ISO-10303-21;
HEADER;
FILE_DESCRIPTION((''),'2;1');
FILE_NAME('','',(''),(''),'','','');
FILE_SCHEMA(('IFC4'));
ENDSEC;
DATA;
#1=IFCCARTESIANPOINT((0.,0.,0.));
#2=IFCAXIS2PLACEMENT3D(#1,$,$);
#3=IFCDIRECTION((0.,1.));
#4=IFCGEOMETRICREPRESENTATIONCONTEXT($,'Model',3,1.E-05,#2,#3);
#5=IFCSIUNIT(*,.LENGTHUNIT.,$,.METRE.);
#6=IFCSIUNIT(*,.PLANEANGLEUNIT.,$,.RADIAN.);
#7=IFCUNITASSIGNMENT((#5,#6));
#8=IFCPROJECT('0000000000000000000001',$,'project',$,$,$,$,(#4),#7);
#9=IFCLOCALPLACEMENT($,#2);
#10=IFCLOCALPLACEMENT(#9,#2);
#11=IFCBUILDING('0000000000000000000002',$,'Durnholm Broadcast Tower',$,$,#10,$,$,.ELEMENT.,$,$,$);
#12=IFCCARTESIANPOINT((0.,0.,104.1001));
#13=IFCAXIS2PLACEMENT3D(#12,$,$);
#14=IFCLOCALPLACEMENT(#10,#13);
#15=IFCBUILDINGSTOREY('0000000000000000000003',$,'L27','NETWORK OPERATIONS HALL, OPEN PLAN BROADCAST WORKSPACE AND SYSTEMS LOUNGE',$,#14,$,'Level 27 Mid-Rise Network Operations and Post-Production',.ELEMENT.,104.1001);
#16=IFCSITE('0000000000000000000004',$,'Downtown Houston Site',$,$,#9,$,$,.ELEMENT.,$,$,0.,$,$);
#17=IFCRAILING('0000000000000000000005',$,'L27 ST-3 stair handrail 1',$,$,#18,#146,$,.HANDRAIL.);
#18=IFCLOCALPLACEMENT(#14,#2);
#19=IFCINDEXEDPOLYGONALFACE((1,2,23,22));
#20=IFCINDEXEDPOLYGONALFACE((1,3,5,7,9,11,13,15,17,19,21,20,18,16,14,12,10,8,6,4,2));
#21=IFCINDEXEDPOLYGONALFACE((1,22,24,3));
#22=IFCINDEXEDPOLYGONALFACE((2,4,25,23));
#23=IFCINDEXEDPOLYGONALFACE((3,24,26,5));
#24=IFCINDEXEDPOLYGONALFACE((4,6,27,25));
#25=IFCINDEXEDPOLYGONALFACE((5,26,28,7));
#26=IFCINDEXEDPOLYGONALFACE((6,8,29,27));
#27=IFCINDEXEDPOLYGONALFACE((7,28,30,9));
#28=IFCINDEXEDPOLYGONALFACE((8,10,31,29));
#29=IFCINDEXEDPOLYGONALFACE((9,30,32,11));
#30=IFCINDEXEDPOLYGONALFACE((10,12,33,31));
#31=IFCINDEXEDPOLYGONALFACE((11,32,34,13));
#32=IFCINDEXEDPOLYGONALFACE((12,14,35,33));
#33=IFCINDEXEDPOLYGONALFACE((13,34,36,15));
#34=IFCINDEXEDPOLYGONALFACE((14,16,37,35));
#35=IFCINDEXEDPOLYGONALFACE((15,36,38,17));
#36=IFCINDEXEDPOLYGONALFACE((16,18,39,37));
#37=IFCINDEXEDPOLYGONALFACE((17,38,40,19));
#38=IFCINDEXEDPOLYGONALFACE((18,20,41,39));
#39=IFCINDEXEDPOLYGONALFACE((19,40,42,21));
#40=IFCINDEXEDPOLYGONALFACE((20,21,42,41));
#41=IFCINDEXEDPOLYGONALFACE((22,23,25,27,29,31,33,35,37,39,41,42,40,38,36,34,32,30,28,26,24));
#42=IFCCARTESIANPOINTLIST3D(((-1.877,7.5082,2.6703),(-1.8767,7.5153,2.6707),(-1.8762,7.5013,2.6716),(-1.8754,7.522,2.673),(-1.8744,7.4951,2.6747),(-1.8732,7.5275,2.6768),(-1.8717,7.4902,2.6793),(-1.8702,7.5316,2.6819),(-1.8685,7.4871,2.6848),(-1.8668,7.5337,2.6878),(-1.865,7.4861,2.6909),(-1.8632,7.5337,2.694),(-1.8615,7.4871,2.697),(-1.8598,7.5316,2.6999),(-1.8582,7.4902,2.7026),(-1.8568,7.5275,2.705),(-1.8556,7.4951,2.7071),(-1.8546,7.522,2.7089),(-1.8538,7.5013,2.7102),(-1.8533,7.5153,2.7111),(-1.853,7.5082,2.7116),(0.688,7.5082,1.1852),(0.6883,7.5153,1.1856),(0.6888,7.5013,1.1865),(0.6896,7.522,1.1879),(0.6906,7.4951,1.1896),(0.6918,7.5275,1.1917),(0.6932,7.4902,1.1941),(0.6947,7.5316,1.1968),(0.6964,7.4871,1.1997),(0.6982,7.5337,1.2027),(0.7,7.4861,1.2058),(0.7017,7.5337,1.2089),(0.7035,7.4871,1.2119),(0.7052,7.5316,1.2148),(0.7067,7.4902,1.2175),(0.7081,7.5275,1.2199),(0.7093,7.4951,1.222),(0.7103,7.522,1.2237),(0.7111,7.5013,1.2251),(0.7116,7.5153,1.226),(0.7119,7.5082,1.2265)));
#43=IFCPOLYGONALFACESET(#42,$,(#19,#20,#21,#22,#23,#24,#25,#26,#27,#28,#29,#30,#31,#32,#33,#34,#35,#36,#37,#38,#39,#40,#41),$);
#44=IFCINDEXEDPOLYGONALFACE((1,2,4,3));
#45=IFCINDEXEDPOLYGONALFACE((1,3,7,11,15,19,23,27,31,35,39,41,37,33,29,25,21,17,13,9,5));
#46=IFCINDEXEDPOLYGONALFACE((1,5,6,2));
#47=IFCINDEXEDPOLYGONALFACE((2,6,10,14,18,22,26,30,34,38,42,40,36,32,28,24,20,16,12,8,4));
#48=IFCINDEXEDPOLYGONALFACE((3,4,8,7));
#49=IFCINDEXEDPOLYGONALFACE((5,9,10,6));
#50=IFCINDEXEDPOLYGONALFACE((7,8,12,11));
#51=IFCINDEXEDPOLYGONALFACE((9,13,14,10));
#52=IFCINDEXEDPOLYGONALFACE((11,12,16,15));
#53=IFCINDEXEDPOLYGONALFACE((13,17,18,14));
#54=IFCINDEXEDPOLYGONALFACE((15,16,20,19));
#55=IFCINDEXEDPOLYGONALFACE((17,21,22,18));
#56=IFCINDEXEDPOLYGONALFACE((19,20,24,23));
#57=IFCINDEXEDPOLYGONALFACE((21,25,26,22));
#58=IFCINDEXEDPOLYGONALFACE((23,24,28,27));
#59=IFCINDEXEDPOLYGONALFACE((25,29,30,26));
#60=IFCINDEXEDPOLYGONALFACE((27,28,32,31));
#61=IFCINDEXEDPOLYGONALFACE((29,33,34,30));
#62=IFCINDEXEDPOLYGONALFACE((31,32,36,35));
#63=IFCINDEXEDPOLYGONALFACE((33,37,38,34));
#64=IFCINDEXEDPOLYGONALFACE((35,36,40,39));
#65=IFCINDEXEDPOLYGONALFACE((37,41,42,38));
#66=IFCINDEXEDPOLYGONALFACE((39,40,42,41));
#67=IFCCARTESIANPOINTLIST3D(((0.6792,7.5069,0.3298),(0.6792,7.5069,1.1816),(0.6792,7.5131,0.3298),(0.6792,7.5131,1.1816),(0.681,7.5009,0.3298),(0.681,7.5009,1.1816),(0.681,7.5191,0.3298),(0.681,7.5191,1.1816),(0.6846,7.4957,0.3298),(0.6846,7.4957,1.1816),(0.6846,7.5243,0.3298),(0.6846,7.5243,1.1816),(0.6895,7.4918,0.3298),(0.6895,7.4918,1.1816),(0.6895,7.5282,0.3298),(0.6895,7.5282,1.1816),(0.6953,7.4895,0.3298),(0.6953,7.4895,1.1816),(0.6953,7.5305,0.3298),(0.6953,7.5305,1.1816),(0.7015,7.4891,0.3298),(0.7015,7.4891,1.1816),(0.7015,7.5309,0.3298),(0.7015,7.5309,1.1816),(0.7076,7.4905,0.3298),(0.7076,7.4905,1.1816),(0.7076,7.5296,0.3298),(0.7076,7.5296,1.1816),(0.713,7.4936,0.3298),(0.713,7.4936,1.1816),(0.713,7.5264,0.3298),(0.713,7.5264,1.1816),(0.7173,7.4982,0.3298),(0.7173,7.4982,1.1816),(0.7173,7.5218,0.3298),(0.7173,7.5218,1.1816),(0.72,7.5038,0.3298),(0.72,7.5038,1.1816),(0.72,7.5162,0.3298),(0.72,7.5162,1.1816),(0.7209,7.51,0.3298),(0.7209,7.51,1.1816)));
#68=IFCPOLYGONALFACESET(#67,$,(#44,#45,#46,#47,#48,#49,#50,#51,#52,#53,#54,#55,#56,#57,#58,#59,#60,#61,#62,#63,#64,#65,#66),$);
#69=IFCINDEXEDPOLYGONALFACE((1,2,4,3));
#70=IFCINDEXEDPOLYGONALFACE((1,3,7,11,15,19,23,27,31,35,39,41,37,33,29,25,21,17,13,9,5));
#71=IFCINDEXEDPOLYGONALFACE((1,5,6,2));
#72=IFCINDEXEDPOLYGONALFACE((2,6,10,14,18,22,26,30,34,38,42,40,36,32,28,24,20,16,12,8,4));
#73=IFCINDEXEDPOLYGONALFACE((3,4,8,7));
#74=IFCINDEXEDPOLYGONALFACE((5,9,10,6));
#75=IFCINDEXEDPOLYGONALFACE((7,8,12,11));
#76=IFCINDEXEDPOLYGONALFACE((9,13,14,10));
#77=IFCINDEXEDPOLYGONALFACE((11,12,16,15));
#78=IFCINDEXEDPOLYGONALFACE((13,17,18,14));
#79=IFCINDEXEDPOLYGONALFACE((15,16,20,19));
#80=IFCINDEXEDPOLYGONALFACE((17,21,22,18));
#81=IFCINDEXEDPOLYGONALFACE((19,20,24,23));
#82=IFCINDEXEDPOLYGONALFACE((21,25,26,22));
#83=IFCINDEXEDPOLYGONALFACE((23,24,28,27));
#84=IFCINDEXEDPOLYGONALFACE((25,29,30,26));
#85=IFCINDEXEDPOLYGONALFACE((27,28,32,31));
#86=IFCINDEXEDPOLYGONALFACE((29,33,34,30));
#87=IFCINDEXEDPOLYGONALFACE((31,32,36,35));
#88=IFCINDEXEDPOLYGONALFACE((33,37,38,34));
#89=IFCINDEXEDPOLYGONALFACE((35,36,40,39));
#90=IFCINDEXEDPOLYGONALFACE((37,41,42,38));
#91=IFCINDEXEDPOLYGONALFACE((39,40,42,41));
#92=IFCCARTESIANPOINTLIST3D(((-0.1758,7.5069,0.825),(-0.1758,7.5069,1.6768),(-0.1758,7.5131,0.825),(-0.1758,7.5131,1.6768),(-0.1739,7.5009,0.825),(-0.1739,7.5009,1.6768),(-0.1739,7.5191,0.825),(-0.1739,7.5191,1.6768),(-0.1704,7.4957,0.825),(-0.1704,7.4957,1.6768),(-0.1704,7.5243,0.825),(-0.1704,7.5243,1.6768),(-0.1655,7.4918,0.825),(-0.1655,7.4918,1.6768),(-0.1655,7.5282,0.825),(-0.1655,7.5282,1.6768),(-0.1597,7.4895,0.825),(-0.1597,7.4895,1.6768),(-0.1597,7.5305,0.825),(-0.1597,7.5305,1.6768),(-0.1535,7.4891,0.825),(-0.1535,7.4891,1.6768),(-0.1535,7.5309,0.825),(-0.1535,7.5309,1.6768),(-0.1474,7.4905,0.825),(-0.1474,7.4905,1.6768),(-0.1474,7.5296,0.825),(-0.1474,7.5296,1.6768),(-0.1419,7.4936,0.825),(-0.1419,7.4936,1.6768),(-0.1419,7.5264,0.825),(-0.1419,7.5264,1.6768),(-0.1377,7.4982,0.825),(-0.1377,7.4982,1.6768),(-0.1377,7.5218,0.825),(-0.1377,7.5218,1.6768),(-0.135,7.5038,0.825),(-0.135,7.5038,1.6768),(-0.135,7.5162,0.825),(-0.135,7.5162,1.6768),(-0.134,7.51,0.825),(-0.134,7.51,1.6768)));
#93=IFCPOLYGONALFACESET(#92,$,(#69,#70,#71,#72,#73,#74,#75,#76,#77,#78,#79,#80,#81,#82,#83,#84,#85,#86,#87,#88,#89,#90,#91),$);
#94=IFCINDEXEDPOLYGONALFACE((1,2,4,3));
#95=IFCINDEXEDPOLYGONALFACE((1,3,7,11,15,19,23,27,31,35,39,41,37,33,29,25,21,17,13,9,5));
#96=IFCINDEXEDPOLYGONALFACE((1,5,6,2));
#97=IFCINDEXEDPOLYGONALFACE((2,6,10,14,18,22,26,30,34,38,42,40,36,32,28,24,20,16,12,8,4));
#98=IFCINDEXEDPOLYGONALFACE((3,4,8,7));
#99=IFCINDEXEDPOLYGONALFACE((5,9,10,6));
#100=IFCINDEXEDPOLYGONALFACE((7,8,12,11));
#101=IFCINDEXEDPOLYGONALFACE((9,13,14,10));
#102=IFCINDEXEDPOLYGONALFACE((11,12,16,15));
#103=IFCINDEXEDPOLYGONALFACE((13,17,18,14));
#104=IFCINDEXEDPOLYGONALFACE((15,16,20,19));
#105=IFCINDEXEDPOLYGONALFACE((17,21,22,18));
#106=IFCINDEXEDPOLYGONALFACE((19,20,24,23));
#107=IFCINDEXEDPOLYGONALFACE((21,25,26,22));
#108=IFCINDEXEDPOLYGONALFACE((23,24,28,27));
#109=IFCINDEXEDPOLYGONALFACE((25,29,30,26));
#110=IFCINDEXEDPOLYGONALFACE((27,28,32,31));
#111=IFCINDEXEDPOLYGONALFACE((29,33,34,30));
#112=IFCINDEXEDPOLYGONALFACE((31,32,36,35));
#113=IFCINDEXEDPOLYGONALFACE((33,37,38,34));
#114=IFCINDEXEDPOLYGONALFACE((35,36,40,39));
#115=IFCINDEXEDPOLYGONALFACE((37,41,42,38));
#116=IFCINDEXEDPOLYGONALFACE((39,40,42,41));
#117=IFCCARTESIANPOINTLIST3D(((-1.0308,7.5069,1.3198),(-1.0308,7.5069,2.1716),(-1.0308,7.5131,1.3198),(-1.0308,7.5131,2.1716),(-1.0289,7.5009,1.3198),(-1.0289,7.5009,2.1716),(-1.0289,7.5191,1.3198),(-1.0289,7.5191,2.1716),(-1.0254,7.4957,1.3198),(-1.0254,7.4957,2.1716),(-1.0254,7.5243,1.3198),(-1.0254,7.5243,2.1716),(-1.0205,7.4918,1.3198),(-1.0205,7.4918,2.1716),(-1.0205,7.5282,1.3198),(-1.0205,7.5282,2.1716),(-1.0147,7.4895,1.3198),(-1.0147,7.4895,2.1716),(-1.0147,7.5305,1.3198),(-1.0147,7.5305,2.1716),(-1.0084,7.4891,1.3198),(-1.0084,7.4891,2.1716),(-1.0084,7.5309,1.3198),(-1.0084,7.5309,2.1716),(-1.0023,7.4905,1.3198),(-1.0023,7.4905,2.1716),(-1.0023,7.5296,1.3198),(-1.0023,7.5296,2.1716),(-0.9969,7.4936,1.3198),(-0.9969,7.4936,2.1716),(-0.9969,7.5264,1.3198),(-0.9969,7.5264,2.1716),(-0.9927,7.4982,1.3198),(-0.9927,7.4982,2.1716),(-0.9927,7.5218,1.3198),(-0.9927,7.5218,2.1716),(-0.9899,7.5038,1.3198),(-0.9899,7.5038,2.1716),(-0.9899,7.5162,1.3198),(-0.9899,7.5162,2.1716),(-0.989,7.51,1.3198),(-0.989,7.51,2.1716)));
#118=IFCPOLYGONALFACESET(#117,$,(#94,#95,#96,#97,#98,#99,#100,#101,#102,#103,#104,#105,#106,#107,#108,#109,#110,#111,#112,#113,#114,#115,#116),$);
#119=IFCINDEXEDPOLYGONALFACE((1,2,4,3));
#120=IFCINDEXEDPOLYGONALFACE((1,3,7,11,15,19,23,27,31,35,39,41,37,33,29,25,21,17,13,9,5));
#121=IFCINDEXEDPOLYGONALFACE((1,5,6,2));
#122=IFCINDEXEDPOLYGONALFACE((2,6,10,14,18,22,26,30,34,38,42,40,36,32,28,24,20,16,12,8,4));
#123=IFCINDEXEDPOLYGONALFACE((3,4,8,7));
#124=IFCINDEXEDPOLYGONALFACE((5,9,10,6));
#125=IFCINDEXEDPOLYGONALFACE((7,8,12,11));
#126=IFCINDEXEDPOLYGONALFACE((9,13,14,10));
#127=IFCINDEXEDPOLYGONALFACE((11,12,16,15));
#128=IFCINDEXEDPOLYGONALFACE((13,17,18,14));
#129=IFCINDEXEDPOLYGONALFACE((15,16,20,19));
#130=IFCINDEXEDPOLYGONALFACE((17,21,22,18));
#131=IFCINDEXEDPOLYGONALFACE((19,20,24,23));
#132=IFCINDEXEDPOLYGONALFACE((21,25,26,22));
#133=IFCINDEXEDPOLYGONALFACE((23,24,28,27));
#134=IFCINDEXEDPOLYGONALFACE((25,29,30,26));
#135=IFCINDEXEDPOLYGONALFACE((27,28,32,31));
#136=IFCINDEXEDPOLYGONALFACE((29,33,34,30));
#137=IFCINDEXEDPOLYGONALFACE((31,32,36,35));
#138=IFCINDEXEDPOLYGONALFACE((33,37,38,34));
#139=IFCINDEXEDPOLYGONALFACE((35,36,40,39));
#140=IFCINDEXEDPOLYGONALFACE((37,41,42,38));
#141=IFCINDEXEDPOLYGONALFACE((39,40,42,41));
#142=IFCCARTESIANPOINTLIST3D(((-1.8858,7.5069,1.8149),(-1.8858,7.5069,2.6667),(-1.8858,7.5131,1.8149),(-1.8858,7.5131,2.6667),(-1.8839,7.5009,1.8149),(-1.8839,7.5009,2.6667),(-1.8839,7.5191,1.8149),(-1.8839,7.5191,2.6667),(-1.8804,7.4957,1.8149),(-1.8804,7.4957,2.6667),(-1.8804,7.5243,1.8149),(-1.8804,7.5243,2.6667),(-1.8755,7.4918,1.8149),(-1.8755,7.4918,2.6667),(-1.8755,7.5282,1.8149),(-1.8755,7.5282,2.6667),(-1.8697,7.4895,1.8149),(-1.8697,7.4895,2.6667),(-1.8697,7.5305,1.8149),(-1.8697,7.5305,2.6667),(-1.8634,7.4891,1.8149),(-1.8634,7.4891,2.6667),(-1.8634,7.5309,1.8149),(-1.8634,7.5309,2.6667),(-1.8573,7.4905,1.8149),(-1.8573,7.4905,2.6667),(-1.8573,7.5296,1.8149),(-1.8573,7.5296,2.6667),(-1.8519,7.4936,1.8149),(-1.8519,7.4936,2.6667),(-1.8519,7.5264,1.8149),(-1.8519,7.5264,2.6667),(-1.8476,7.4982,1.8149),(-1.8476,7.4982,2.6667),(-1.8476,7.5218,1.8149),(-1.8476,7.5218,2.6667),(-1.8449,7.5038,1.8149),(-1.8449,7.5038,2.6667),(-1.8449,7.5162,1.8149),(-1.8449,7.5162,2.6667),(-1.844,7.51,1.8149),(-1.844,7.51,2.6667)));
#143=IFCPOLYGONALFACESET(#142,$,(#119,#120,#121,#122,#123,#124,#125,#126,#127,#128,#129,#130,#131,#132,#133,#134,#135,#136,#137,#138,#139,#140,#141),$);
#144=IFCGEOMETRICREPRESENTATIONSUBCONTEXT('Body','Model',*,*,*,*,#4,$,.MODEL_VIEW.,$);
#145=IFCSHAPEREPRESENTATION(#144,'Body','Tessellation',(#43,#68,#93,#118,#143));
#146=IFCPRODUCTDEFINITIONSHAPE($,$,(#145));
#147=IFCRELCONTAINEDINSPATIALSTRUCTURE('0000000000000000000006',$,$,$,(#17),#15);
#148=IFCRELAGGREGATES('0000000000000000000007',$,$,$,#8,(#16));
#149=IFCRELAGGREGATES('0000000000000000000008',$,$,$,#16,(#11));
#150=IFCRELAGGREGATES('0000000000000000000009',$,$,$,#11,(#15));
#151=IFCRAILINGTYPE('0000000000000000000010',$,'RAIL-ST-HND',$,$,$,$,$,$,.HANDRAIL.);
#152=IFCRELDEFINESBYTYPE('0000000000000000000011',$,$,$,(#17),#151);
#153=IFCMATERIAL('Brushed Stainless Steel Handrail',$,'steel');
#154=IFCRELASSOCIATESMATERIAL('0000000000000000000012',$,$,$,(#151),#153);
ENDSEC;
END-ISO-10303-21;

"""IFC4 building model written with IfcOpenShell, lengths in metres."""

from ifc_helpers import new_model, si_unit, direction, frame, origin, origin_2d, place, context, subcontext, project, spatial, circle, extrude, material, type_object, element, save


model = new_model("IFC4")

# Units and contexts
model_context = context("Model", 3, precision=1e-05, world=origin(), true_north=direction((0.0, 1.0)))
body_context = subcontext(model_context, "Body", "Model", "MODEL_VIEW")
ifc_project = project(units=[si_unit("LENGTHUNIT", "METRE"), si_unit("PLANEANGLEUNIT", "RADIAN")], contexts=[model_context])

# Site, building, storey
site_placement = place(None, origin())
site = spatial("IfcSite", under=ifc_project, at=site_placement, Name="Downtown Houston Site", CompositionType="ELEMENT", RefElevation=0.0)
building_placement = place(site_placement, origin())
building = spatial("IfcBuilding", under=site, at=building_placement, Name="Durnholm Broadcast Tower", CompositionType="ELEMENT")
storey_placement = place(building_placement, frame((0.0, 0.0, 104.1001)))
storey = spatial("IfcBuildingStorey", under=building, at=storey_placement, Name="L27", Description="NETWORK OPERATIONS HALL, OPEN PLAN BROADCAST WORKSPACE AND SYSTEMS LOUNGE", LongName="Level 27 Mid-Rise Network Operations and Post-Production", CompositionType="ELEMENT", Elevation=104.1001)

# Railing
ifc_material_1 = material(Name="Brushed Stainless Steel Handrail", Category="steel")
railing_type_1 = type_object("IfcRailingType", Name="RAIL-ST-HND", PredefinedType="HANDRAIL", material=ifc_material_1)
railing_1_placement = place(storey_placement, frame((0.7, 7.51, 0.3298)))
element("IfcRailing", 1, at=railing_1_placement, inside=storey, type_object=railing_type_1, Name="L27 ST-3 stair handrail 1", PredefinedType="HANDRAIL", context=body_context, shape_type="SweptSolid", body=[
    extrude(circle(Radius=0.0239, at=origin_2d()), frame((0.0, 0.0, 0.876), z_axis=(-0.865406, 0.0, 0.501072), x_axis=(0.0, -1.0, 0.0)), (0.0, 0.0, 1.0), 2.9639),
    extrude(circle(Radius=0.021, at=origin_2d()), origin(), (0.0, 0.0, 1.0), 0.8518),
    extrude(circle(Radius=0.021, at=origin_2d()), frame((-0.855, 0.0, 0.4951)), (0.0, 0.0, 1.0), 0.8518),
    extrude(circle(Radius=0.021, at=origin_2d()), frame((-1.71, 0.0, 0.99)), (0.0, 0.0, 1.0), 0.8518),
    extrude(circle(Radius=0.021, at=origin_2d()), frame((-2.5649, 0.0, 1.4851)), (0.0, 0.0, 1.0), 0.8518),
])

save(model, "model.ifc")
